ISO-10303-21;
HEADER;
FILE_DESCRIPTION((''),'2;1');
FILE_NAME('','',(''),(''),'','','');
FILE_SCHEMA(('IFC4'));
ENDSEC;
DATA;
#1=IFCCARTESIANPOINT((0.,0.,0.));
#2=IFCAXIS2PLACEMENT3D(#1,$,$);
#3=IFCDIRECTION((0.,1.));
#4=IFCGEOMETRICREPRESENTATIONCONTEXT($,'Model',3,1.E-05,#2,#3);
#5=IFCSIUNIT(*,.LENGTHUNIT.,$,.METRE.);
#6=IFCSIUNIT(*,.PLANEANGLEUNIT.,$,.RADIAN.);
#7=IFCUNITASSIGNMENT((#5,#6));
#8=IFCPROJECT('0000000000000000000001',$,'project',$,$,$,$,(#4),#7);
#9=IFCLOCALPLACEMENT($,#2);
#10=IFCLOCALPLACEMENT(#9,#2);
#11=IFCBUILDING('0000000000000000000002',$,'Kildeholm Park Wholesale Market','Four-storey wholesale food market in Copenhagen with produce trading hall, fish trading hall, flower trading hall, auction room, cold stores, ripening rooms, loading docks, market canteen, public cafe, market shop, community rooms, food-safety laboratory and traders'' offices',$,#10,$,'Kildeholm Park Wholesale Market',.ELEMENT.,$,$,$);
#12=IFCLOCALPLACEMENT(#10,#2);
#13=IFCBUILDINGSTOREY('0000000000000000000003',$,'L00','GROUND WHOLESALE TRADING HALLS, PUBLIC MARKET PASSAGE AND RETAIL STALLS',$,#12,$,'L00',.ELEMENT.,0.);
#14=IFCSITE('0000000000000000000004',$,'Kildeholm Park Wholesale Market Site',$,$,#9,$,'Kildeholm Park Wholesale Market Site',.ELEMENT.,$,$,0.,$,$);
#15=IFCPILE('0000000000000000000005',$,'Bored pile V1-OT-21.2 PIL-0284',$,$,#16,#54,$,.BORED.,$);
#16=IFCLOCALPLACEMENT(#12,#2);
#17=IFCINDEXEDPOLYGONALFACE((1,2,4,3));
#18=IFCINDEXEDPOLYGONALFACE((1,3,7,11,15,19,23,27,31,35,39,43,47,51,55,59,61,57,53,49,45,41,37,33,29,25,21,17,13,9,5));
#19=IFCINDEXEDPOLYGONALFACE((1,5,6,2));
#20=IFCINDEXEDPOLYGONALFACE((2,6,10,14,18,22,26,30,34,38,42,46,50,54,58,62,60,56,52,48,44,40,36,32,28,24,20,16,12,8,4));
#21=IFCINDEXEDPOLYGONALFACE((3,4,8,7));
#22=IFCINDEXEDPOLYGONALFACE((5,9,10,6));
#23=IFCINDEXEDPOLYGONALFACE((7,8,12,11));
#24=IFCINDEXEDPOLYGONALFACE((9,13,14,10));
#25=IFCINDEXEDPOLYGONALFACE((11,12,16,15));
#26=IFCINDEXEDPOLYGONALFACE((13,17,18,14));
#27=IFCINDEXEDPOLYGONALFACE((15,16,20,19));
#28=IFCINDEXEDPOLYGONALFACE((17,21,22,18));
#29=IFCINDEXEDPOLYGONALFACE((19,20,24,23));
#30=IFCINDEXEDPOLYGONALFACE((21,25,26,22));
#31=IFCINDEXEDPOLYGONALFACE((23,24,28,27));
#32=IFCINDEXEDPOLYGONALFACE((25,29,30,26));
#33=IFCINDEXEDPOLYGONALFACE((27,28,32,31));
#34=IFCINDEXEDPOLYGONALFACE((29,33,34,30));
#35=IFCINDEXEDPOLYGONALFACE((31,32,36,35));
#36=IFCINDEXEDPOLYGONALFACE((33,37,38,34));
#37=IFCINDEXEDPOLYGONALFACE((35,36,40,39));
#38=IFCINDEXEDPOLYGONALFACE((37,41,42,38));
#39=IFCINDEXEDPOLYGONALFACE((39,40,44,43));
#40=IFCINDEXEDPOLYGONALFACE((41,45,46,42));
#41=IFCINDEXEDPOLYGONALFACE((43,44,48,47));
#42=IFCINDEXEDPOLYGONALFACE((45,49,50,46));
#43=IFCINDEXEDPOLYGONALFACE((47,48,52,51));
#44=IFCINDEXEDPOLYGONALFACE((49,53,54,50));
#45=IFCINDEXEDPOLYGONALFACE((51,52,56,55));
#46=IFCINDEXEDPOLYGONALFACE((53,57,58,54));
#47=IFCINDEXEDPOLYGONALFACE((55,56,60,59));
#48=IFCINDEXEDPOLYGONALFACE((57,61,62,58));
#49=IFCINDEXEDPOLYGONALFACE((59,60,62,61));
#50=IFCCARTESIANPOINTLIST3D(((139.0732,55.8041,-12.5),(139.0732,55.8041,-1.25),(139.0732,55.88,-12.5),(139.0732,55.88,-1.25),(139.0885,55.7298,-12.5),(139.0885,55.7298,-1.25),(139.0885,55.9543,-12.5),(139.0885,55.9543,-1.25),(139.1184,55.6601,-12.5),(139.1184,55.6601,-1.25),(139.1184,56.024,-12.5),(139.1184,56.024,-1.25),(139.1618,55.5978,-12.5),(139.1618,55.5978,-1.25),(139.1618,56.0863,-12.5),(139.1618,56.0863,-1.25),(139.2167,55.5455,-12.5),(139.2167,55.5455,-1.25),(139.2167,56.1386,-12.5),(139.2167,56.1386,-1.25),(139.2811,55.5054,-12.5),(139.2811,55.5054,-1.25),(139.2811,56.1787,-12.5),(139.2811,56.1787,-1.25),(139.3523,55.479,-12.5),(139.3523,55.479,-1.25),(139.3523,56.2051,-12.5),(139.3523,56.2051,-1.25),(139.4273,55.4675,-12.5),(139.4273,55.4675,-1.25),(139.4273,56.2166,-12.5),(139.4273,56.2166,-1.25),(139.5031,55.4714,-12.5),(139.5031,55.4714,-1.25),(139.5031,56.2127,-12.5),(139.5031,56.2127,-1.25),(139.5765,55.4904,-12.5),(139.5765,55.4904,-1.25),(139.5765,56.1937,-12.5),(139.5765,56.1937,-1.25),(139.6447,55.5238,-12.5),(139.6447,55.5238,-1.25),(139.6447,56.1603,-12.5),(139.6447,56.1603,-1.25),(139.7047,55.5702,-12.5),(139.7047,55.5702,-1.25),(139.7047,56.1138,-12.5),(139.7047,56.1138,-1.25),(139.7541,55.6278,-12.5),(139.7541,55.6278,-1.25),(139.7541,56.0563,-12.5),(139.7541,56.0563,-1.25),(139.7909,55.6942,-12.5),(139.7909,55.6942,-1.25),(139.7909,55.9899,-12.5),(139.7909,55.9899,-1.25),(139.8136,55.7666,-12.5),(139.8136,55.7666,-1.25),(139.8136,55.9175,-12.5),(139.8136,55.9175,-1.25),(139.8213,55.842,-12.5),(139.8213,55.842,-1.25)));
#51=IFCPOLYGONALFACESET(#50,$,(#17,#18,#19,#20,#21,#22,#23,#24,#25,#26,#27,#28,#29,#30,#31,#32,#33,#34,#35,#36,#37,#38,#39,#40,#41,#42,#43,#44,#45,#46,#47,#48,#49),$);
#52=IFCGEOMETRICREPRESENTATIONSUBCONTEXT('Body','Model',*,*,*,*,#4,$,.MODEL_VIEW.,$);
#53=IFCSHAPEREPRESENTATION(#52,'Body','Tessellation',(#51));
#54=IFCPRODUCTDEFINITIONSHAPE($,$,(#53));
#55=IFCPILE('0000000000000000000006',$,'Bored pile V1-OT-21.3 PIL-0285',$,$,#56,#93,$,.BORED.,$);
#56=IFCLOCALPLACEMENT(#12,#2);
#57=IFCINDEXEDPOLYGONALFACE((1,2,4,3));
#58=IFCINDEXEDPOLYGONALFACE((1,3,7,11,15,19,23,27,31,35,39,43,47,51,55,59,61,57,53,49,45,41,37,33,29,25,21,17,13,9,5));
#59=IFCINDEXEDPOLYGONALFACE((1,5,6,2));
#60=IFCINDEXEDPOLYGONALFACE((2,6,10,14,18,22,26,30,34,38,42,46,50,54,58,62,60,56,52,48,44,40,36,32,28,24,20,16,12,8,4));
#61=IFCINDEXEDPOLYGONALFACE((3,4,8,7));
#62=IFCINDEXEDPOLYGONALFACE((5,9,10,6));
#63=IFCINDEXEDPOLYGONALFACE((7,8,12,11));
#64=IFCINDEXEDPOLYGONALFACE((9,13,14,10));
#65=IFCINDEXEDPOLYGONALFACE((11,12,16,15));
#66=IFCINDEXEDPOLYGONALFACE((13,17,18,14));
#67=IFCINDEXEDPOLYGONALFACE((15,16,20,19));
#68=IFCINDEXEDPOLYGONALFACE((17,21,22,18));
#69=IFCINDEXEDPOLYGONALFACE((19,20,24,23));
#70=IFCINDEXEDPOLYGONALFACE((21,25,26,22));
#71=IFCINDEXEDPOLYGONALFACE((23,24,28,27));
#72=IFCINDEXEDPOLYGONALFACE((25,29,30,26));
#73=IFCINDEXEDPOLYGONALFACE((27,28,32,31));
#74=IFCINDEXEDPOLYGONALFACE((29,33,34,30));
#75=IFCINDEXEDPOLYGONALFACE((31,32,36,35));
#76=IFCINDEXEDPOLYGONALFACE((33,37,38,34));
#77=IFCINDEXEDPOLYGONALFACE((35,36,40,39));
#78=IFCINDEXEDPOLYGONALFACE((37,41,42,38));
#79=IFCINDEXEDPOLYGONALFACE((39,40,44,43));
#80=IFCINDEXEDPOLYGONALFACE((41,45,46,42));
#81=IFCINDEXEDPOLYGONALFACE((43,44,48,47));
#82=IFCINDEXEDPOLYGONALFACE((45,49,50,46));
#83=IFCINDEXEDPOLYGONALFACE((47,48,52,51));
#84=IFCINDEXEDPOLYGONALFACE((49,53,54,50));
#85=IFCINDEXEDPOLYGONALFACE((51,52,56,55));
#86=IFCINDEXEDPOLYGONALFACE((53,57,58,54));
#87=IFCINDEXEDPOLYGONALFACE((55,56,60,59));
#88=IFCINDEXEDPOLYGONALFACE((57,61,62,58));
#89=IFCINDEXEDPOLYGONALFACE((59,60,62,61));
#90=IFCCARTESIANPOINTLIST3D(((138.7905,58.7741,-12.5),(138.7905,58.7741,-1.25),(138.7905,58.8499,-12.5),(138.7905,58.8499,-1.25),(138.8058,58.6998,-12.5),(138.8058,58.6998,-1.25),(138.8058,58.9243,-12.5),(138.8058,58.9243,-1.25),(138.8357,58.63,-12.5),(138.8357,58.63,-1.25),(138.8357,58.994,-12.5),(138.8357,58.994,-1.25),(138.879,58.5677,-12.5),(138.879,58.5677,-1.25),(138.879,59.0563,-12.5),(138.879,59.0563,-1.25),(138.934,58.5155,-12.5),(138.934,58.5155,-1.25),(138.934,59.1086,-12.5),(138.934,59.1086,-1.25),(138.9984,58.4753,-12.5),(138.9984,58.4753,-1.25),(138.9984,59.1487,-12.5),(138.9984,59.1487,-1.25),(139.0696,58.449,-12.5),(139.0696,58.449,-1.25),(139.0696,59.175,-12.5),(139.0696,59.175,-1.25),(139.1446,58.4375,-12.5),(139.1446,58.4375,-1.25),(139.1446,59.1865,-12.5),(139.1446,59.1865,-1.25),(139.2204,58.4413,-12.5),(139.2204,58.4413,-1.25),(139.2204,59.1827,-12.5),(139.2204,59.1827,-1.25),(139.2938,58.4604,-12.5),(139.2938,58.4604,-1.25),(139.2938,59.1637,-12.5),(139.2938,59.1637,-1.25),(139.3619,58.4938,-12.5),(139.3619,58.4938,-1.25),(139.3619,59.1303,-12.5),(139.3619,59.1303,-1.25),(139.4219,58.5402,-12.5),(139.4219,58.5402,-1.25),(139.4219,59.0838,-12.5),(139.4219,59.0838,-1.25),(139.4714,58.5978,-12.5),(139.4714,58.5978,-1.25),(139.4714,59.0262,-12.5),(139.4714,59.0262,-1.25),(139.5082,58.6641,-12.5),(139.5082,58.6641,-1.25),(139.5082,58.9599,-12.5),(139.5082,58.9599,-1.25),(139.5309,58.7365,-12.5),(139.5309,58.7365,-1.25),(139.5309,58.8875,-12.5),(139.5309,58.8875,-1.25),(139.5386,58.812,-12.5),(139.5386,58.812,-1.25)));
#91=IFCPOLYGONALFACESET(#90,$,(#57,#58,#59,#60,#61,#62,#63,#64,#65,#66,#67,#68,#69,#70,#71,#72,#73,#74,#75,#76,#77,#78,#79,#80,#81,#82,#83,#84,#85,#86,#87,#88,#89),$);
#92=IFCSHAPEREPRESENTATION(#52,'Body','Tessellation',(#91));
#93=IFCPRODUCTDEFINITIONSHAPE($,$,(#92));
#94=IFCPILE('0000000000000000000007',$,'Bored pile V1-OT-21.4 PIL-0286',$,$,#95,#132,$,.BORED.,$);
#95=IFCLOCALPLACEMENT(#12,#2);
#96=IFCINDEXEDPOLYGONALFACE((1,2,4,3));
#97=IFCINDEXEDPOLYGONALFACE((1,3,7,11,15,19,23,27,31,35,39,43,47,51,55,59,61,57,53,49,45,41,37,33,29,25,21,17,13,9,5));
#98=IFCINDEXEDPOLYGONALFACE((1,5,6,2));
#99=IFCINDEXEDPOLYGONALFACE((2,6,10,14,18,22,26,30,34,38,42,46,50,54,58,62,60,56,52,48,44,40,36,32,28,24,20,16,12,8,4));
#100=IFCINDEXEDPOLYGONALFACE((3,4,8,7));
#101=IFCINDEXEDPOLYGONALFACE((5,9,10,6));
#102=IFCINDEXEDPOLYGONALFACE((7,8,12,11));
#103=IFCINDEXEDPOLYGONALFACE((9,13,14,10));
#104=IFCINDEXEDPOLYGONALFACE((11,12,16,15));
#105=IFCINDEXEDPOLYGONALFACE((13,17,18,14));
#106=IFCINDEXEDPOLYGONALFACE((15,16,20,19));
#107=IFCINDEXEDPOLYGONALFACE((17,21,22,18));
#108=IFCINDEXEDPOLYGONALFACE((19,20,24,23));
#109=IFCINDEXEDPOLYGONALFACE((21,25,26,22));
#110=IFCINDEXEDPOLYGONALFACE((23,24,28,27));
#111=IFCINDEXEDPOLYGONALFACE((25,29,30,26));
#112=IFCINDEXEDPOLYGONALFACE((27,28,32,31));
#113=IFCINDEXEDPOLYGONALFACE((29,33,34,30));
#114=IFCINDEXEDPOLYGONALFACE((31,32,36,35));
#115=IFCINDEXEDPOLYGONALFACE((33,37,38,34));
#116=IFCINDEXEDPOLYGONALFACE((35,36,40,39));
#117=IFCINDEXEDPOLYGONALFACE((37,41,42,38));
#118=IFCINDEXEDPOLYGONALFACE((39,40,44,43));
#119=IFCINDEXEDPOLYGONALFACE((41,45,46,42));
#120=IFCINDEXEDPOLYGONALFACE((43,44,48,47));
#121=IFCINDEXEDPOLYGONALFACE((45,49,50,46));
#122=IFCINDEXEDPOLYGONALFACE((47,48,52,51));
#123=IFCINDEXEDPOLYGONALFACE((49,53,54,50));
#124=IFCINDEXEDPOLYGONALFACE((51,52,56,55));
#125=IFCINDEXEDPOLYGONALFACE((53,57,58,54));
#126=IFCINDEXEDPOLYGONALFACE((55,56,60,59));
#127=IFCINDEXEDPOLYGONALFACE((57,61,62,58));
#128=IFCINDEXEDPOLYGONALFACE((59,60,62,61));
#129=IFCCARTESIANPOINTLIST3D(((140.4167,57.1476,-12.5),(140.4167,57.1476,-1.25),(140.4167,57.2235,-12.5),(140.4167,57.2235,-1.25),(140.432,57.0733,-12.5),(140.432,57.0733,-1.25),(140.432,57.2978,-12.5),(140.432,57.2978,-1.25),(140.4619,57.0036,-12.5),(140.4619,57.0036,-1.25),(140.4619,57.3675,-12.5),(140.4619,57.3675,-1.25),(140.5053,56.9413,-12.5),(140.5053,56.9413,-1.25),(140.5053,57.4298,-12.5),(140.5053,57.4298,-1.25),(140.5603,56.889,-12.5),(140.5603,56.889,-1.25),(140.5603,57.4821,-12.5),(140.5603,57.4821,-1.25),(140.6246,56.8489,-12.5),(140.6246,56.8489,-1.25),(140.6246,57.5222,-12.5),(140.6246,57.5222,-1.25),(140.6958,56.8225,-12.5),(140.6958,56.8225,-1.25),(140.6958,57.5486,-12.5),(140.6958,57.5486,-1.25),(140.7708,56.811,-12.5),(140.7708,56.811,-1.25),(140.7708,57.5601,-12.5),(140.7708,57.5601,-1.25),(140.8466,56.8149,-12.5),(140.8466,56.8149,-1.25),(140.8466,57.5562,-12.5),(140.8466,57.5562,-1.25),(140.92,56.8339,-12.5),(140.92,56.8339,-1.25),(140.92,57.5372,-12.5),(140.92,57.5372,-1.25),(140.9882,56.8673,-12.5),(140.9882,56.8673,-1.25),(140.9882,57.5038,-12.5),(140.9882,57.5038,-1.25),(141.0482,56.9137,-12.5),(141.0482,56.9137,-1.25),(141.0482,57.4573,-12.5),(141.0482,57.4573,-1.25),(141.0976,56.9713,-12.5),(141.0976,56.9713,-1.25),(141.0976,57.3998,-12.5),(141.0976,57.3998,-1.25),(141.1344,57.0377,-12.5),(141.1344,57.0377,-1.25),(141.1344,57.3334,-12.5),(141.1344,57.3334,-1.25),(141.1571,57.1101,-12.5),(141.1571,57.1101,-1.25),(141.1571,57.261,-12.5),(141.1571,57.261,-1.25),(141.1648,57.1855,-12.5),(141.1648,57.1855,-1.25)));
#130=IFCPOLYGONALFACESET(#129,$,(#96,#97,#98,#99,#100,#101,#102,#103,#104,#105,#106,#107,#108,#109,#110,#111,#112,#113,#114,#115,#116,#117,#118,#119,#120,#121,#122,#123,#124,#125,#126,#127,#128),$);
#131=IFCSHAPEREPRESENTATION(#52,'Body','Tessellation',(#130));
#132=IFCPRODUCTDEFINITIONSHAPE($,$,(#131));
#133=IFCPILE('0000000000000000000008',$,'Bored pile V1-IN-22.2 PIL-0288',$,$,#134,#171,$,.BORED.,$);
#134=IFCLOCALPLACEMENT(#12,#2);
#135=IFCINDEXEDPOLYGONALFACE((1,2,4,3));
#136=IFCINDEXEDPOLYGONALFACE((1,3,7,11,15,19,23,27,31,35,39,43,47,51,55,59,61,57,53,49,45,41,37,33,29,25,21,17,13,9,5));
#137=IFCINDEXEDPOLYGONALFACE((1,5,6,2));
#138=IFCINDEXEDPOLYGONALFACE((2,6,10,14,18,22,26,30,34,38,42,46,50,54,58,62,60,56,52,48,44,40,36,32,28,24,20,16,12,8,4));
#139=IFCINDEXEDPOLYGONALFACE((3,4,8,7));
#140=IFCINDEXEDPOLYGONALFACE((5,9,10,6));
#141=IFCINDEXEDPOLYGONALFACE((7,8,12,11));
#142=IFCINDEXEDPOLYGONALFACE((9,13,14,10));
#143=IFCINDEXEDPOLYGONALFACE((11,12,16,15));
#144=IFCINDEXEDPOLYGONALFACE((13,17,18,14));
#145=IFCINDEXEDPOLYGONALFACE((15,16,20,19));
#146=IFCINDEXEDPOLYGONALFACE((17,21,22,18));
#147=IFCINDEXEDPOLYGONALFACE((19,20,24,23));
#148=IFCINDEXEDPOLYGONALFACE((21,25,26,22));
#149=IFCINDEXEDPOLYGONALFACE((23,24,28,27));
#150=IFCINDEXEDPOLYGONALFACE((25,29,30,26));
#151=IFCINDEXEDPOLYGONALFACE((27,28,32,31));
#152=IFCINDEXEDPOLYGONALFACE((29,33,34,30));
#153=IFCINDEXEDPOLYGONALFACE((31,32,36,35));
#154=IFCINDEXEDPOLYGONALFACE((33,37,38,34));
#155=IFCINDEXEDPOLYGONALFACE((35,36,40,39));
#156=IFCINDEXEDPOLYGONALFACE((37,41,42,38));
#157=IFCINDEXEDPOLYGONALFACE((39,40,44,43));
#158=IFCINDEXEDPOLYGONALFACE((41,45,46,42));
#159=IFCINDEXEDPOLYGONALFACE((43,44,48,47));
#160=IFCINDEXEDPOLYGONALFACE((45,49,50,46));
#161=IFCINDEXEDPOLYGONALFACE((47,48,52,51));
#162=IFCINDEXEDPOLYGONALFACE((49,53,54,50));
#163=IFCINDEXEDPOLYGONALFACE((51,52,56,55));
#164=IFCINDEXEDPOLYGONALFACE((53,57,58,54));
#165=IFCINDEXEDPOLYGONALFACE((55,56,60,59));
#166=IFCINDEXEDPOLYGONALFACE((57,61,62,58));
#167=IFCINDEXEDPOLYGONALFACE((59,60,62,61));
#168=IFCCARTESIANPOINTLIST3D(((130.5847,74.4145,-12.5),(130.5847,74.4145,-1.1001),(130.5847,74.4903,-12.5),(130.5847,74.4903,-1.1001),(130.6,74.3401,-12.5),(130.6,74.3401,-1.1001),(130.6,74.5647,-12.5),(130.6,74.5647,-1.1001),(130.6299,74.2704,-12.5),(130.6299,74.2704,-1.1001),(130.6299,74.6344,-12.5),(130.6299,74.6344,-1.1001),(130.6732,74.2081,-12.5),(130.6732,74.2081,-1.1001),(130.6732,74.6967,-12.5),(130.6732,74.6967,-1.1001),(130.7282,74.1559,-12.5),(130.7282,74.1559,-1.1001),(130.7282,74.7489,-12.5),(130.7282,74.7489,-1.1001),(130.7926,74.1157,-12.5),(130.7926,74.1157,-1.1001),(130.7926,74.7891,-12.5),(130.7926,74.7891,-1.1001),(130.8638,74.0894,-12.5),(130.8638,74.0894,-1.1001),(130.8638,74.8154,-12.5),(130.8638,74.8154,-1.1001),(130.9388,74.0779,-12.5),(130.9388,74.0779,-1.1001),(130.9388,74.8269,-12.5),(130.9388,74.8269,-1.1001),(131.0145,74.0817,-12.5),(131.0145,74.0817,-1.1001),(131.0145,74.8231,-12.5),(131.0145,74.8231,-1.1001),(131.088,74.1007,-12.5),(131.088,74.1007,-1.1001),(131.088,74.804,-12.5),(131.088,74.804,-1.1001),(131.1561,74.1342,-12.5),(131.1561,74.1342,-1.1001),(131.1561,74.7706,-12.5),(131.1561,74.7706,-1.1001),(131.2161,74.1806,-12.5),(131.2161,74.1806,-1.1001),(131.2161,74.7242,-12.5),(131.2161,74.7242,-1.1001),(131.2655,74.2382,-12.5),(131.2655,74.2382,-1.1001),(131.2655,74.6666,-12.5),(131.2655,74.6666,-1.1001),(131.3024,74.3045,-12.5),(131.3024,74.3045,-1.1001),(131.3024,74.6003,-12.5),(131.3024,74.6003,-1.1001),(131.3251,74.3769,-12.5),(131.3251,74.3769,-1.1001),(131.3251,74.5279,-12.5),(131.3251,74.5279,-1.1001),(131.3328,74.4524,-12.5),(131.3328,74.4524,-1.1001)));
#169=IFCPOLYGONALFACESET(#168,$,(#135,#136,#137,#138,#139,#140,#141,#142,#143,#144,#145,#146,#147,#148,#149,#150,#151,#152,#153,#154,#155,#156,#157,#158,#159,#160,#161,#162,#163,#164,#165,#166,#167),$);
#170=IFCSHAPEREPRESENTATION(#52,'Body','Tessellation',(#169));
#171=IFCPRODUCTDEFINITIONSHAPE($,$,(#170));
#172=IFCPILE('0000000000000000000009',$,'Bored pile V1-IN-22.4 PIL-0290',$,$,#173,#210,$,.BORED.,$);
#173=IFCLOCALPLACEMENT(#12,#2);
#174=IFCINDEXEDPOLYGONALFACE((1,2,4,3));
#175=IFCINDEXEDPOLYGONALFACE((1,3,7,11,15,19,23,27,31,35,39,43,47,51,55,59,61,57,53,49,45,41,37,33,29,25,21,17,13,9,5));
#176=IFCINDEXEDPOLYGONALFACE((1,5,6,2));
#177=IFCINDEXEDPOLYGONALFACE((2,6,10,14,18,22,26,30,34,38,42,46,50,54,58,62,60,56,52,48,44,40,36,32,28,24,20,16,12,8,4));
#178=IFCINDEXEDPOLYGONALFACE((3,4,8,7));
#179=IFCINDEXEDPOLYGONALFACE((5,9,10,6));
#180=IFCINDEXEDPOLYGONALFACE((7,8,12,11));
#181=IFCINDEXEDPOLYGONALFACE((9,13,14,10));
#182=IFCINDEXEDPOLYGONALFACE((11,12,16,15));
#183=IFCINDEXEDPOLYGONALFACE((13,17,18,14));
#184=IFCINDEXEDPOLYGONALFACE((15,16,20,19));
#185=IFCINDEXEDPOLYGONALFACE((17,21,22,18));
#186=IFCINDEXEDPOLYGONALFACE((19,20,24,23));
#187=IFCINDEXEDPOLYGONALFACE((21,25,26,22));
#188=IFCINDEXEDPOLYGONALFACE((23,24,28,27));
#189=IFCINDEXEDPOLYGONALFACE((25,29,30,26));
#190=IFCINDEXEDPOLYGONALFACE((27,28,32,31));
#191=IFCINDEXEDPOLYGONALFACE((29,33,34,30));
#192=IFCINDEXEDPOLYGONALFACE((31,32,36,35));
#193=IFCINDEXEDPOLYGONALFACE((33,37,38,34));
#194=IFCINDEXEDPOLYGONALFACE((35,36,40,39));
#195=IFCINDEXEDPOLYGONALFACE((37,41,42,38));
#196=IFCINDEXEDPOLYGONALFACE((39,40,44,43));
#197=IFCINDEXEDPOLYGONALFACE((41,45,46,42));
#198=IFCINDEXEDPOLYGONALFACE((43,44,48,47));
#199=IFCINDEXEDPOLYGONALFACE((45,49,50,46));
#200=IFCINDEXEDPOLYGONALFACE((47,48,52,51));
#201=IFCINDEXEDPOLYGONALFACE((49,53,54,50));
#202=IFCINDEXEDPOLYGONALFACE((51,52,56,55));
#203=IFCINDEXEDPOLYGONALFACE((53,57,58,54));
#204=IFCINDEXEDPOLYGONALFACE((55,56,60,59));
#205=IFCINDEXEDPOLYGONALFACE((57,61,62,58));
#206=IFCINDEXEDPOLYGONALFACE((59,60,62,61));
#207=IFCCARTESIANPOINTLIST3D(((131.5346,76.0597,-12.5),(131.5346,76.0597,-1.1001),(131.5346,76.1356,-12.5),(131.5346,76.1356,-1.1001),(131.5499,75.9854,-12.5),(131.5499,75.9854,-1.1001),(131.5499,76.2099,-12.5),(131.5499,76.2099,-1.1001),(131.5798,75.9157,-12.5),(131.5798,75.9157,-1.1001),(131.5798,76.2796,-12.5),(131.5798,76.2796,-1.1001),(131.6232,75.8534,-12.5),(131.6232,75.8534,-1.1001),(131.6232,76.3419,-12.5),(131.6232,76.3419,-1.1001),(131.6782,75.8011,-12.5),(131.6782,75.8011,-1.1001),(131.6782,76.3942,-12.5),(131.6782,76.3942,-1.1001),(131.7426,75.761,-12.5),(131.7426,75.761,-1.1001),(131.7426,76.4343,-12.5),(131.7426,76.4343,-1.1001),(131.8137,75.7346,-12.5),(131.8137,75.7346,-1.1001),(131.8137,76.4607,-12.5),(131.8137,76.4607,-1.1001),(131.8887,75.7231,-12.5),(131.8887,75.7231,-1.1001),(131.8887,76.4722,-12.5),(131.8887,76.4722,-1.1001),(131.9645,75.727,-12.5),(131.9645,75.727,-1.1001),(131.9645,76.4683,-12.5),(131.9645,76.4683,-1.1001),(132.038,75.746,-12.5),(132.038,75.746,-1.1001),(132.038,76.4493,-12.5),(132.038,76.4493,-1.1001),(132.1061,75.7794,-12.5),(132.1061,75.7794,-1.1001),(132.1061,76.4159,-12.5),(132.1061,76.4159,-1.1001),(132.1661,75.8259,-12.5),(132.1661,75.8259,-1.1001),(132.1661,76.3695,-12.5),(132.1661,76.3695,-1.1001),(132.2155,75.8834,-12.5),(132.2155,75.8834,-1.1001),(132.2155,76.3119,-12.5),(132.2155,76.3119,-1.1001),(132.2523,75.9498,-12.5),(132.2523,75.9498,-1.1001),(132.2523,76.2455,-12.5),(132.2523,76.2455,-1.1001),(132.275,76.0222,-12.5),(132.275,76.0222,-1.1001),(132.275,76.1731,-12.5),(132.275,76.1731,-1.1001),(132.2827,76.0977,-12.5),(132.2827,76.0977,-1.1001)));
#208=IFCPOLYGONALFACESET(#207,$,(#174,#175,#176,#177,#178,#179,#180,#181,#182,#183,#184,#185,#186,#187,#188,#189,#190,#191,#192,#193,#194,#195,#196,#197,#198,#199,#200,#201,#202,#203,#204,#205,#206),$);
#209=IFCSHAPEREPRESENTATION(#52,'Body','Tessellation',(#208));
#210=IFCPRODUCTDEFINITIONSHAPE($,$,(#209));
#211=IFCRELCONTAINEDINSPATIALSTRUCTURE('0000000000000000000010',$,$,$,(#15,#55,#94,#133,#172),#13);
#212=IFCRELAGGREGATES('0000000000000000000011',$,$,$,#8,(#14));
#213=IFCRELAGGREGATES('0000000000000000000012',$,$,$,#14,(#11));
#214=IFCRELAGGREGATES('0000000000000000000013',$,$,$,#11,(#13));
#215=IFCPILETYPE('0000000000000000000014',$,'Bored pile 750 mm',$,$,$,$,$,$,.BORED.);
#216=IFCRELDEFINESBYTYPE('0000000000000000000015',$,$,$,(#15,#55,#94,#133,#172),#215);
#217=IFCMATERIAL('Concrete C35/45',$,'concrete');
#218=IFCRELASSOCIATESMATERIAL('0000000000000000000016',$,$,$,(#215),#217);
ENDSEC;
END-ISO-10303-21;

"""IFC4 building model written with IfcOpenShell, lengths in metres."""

from ifc_helpers import new_model, si_unit, direction, frame, origin, origin_2d, place, context, subcontext, project, spatial, circle, extrude, material, material_profile, profile_set, type_object, element, save


model = new_model("IFC4")

# Units and contexts
model_context = context("Model", 3, precision=1e-05, world=origin(), true_north=direction((0.0, 1.0)))
body_context = subcontext(model_context, "Body", "Model", "MODEL_VIEW")
ifc_project = project(units=[si_unit("LENGTHUNIT", "METRE"), si_unit("PLANEANGLEUNIT", "RADIAN")], contexts=[model_context])

# Site, building, storey
site_placement = place(None, origin())
site = spatial("IfcSite", under=ifc_project, at=site_placement, Name="Kildeholm Park Wholesale Market Site", LongName="Kildeholm Park Wholesale Market Site", CompositionType="ELEMENT", RefElevation=0.0)
building_placement = place(site_placement, origin())
building = spatial("IfcBuilding", under=site, at=building_placement, Name="Kildeholm Park Wholesale Market", Description="Four-storey wholesale food market in Copenhagen with produce trading hall, fish trading hall, flower trading hall, auction room, cold stores, ripening rooms, loading docks, market canteen, public cafe, market shop, community rooms, food-safety laboratory and traders' offices", LongName="Kildeholm Park Wholesale Market", CompositionType="ELEMENT")
storey_placement = place(building_placement, origin())
storey = spatial("IfcBuildingStorey", under=building, at=storey_placement, Name="L00", Description="GROUND WHOLESALE TRADING HALLS, PUBLIC MARKET PASSAGE AND RETAIL STALLS", LongName="L00", CompositionType="ELEMENT", Elevation=0.0)

# Piles
ifc_material_1 = material(Name="Concrete C35/45", Category="concrete")
ifc_material_profile_1 = material_profile(ifc_material_1, circle(Radius=0.375, at=origin_2d()), Name="PILE D750")
ifc_profile_set_1 = profile_set([ifc_material_profile_1], Name="Concrete C35/45")
pile_type = type_object("IfcPileType", Name="Bored pile 750 mm", PredefinedType="BORED", material=ifc_profile_set_1)
for number, where, z_axis, x_axis, name in (
    (1, (139.4463, 55.842, -1.25), (0.0, 0.0, -1.0), (1.0, 0.0, 0.0), "Bored pile V1-OT-21.2 PIL-0284"),
    (2, (139.1636, 58.812, -1.25), (0.0, 0.0, -1.0), (1.0, 0.0, 0.0), "Bored pile V1-OT-21.3 PIL-0285"),
    (3, (140.7898, 57.1855, -1.25), (0.0, 0.0, -1.0), (1.0, 0.0, 0.0), "Bored pile V1-OT-21.4 PIL-0286"),
):
    element("IfcPile", number, at=place(storey_placement, frame(where, z_axis=z_axis, x_axis=x_axis)), inside=storey, type_object=pile_type, Name=name, PredefinedType="BORED", context=body_context, shape_type="SweptSolid", body=[
        extrude(circle(Radius=0.375, at=origin_2d()), origin(), (0.0, 0.0, 1.0), 11.25),
    ])
for number, where, z_axis, x_axis, name in (
    (4, (130.9578, 74.4524, -1.1001), (0.0, 0.0, -1.0), (1.0, 0.0, 0.0), "Bored pile V1-IN-22.2 PIL-0288"),
    (5, (131.9077, 76.0977, -1.1001), (0.0, 0.0, -1.0), (1.0, 0.0, 0.0), "Bored pile V1-IN-22.4 PIL-0290"),
):
    element("IfcPile", number, at=place(storey_placement, frame(where, z_axis=z_axis, x_axis=x_axis)), inside=storey, type_object=pile_type, Name=name, PredefinedType="BORED", context=body_context, shape_type="SweptSolid", body=[
        extrude(circle(Radius=0.375, at=origin_2d()), origin(), (0.0, 0.0, 1.0), 11.3999),
    ])

save(model, "model.ifc")
